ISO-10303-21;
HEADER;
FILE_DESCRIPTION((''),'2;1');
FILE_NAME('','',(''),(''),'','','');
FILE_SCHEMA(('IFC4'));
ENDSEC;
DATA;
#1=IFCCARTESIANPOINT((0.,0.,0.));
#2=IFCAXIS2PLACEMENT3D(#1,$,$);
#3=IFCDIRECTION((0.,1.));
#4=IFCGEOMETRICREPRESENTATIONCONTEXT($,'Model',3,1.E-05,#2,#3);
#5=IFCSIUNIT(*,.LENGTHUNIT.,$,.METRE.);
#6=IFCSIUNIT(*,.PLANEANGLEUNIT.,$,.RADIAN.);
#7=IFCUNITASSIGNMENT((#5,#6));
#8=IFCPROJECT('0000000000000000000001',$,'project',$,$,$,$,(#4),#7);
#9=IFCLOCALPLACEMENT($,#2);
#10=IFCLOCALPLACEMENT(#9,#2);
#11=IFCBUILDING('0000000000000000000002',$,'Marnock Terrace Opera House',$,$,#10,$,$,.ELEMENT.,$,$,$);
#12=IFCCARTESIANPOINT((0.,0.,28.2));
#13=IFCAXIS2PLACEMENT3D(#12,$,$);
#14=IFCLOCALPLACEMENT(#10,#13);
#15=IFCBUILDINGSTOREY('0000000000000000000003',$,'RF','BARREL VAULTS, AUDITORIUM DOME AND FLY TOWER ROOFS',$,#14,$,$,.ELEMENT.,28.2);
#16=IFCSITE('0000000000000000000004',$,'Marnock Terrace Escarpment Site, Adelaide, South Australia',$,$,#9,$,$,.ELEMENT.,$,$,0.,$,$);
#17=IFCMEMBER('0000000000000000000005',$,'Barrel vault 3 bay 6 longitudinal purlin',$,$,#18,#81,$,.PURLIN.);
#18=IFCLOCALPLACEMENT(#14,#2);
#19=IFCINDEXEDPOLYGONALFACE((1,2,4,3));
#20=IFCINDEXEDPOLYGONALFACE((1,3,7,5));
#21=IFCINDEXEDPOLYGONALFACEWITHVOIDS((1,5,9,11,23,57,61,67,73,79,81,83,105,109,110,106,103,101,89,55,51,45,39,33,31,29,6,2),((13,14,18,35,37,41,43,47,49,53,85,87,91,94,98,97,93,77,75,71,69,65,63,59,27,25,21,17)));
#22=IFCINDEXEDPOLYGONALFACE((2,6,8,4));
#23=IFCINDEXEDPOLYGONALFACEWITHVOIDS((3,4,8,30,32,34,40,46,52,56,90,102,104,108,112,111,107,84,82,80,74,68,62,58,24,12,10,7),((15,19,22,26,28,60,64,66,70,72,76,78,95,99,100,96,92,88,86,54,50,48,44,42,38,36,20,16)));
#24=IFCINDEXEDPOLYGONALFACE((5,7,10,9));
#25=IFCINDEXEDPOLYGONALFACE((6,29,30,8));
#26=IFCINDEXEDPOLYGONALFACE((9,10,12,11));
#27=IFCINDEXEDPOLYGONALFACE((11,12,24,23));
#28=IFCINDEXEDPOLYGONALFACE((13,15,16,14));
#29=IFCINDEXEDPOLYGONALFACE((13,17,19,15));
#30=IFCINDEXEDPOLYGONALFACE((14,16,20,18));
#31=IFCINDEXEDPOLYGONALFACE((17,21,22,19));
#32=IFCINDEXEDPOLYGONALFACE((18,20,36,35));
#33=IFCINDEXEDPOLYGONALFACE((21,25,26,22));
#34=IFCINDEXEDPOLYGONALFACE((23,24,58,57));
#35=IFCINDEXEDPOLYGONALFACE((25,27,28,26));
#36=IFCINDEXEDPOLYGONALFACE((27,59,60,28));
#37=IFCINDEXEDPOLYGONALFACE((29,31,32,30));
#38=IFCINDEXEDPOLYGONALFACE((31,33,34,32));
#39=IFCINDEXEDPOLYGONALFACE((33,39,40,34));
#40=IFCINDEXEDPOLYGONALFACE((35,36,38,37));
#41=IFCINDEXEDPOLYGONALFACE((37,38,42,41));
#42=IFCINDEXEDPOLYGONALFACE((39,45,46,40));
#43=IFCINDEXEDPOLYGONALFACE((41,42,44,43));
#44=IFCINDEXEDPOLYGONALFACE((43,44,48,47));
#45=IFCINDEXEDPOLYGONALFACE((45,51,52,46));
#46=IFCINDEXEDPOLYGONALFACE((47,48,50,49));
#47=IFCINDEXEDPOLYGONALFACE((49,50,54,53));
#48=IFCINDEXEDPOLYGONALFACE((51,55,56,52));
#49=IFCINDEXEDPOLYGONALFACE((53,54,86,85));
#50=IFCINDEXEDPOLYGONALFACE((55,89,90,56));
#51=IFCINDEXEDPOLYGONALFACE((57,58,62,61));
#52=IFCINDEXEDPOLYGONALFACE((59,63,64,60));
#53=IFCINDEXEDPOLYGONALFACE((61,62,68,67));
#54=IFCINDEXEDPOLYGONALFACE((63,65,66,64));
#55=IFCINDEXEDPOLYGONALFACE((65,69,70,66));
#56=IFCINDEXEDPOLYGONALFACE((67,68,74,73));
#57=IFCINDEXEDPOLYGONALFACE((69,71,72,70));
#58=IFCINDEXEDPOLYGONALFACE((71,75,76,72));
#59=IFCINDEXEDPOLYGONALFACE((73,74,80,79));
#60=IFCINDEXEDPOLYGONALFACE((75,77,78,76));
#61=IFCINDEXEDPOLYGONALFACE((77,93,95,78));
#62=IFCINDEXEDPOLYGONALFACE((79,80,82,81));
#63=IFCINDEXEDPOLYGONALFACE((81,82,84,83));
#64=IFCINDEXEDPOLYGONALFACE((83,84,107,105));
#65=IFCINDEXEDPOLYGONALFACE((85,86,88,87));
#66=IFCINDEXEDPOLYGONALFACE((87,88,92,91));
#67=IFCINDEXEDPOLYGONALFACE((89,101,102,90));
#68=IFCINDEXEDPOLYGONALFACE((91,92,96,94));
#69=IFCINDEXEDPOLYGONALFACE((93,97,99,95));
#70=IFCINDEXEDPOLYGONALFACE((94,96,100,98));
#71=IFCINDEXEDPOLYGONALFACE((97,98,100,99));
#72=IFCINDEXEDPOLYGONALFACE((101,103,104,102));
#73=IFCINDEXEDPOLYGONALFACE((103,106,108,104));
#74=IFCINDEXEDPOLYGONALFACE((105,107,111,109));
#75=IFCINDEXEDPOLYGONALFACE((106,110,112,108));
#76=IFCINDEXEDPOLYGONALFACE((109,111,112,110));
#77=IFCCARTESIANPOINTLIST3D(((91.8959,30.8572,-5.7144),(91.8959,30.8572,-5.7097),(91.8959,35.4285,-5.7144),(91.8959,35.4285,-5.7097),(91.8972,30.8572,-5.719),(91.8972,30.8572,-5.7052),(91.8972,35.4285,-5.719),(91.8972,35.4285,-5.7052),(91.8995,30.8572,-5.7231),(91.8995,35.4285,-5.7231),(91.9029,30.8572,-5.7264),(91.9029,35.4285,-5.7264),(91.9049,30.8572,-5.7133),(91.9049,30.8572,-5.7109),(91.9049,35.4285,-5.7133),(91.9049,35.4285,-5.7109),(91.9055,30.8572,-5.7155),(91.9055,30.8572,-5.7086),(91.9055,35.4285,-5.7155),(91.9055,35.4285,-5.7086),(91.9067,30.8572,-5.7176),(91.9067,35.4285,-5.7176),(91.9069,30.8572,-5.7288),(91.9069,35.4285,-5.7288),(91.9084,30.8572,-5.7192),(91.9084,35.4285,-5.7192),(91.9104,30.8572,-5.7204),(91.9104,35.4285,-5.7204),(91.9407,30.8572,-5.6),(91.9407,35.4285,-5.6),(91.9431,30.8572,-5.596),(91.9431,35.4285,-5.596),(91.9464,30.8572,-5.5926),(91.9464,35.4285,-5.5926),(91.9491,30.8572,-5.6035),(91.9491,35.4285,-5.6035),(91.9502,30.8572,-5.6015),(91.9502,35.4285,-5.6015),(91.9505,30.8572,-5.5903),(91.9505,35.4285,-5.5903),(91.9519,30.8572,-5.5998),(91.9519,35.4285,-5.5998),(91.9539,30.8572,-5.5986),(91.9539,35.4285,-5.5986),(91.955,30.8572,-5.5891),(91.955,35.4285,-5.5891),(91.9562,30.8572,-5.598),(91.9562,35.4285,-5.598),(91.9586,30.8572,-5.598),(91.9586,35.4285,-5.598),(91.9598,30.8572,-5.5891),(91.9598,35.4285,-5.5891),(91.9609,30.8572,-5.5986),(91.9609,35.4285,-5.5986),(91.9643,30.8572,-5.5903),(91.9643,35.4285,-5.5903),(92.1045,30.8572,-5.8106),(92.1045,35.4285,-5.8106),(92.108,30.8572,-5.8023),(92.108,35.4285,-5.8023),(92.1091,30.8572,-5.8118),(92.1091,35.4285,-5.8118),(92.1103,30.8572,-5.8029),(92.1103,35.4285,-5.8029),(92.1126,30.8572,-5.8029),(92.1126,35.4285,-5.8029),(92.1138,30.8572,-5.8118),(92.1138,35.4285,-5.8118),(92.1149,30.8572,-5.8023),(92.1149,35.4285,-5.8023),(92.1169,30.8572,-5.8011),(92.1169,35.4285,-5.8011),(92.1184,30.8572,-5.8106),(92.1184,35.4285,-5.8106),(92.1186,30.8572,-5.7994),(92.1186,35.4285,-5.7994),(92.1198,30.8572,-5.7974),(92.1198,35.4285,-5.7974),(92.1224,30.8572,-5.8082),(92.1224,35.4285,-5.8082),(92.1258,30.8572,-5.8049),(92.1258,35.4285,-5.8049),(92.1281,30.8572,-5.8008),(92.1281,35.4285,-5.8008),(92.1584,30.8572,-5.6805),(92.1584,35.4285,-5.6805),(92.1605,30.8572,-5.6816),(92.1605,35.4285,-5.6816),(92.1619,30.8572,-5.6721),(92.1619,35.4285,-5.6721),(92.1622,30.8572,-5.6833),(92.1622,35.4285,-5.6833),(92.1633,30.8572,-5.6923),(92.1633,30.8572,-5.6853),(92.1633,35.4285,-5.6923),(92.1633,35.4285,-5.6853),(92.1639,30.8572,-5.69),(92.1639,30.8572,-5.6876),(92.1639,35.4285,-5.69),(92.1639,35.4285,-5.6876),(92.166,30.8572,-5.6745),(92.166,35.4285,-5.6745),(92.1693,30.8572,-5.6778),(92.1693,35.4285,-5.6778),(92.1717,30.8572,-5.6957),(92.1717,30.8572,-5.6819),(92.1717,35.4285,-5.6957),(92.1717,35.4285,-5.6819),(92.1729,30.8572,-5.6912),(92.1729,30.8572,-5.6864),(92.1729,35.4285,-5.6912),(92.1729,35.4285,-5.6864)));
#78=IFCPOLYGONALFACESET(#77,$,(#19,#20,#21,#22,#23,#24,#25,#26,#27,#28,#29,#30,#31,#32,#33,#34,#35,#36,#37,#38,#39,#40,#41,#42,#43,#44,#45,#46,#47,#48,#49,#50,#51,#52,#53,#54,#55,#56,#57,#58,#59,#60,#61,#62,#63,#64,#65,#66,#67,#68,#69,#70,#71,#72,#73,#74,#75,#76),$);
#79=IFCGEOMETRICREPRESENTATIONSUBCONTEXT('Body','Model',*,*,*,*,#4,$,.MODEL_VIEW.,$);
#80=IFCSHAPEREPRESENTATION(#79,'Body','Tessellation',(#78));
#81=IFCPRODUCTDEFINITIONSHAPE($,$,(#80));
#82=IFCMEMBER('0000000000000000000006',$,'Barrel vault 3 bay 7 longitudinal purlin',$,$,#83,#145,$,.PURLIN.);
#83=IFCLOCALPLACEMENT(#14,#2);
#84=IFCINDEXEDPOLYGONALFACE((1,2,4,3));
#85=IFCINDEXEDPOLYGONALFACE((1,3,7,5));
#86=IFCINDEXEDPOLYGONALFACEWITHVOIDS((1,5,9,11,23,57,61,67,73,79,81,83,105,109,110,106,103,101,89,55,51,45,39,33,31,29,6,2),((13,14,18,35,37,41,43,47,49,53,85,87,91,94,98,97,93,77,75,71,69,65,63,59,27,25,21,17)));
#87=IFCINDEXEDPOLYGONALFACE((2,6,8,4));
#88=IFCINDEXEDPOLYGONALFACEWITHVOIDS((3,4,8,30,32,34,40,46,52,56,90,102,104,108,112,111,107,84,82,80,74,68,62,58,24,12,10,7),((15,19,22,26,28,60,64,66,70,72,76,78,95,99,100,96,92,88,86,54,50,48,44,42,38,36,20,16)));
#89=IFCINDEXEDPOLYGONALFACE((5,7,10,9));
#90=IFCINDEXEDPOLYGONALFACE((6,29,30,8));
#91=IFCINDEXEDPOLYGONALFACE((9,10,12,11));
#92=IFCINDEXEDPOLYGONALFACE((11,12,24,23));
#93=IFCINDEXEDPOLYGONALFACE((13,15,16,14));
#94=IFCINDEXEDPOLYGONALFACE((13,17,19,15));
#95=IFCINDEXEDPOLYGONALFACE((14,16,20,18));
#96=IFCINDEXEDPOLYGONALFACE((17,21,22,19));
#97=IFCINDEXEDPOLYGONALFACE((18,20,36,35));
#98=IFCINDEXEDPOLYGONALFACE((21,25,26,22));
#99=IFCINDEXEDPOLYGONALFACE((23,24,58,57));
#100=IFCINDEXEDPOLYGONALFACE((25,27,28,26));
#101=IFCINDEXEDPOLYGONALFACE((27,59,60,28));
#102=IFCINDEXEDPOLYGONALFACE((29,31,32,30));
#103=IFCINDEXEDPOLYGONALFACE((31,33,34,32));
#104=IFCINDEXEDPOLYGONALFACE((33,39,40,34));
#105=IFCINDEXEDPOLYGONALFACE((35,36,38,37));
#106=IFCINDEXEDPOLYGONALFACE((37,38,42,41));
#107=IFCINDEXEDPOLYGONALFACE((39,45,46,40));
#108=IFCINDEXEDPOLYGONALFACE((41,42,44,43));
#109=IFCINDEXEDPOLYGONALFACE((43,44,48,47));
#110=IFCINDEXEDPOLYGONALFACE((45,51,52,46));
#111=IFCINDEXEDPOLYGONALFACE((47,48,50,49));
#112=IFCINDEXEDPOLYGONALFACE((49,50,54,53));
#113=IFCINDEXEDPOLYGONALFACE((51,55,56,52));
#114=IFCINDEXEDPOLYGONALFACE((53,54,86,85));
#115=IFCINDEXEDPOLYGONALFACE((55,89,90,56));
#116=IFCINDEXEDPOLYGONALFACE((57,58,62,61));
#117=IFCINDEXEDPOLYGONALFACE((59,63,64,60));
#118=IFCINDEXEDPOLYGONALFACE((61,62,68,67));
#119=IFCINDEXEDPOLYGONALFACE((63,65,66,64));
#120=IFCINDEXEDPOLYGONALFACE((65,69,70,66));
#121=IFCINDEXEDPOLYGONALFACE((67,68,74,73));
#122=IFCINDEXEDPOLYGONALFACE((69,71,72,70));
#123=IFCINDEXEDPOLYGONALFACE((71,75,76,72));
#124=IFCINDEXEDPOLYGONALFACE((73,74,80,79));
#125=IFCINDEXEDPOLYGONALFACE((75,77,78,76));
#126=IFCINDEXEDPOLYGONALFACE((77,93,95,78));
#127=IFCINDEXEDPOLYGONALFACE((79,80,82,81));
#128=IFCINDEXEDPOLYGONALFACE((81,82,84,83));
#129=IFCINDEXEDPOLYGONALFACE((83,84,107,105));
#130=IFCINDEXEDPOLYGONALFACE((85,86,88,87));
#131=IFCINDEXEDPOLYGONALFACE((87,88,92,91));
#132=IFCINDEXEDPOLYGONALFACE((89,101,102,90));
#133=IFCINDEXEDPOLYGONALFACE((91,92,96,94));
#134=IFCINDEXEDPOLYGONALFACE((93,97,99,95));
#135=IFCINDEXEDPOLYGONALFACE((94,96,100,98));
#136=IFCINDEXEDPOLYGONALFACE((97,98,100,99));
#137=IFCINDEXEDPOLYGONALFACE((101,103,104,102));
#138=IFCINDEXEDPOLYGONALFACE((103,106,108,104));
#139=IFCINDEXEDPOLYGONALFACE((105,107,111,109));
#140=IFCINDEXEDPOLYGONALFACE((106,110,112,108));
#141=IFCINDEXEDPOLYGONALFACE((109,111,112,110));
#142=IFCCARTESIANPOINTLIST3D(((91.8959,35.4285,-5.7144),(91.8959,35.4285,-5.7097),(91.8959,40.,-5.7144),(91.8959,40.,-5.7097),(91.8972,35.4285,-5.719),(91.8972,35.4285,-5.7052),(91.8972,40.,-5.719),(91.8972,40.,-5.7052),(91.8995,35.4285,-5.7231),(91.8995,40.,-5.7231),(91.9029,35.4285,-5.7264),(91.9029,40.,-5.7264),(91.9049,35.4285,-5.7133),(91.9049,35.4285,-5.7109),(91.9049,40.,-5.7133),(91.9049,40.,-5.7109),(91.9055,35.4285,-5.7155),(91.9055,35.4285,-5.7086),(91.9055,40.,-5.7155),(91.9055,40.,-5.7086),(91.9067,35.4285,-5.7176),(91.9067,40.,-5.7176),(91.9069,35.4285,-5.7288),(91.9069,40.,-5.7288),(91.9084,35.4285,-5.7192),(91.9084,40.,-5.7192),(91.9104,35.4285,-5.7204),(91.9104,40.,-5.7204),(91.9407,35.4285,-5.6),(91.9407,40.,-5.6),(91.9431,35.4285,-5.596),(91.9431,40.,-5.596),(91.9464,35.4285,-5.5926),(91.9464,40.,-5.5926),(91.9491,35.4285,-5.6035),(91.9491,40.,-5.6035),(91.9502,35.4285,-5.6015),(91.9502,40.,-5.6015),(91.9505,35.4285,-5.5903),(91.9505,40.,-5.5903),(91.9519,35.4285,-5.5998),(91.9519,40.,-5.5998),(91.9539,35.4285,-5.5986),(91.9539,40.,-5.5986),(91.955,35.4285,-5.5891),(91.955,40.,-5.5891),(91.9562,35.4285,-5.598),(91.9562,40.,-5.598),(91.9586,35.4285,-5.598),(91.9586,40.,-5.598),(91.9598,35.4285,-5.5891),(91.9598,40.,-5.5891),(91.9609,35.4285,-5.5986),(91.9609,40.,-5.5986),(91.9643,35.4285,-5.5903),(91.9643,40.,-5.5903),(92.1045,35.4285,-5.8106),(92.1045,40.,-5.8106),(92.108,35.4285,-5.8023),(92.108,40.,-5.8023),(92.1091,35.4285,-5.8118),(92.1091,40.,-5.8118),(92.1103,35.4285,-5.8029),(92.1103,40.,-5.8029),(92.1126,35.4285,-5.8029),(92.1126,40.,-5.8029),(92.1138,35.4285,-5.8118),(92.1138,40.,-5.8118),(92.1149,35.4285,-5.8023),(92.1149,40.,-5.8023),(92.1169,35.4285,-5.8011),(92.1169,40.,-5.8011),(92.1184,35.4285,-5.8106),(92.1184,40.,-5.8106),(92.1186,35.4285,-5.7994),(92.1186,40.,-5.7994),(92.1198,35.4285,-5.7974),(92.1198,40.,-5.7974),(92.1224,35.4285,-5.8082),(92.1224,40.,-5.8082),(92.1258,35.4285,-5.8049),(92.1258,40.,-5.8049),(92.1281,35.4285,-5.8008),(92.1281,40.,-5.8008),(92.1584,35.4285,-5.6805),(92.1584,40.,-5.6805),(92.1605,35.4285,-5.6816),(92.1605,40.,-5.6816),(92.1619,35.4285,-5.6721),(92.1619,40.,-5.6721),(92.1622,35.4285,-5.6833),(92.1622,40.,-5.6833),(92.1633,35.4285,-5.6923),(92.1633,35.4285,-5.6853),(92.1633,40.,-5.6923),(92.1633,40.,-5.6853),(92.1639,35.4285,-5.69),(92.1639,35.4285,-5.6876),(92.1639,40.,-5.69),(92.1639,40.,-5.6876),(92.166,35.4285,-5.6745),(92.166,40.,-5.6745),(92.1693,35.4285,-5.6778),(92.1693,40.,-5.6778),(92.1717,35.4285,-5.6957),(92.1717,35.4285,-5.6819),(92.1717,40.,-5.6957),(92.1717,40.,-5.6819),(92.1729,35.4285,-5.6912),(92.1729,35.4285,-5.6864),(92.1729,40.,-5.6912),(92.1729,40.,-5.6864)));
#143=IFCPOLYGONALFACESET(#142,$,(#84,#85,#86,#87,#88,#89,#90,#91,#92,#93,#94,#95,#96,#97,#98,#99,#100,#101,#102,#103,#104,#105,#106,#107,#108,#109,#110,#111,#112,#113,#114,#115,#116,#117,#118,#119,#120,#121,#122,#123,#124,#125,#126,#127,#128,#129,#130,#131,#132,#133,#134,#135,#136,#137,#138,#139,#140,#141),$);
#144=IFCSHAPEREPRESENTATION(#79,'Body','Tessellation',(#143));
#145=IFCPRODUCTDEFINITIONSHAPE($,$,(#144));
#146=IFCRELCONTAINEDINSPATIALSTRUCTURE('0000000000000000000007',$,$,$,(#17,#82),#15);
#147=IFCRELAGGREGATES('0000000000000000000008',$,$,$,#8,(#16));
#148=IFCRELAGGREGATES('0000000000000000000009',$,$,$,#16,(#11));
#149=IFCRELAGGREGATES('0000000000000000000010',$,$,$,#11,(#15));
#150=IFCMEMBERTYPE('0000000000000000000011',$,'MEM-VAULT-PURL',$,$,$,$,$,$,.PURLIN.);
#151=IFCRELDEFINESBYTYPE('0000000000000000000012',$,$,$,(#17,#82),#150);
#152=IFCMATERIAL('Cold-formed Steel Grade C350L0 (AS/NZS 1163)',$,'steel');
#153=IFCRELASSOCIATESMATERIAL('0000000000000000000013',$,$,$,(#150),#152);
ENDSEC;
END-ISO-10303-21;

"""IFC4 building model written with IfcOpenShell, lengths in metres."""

from ifc_helpers import new_model, si_unit, direction, frame, origin, origin_2d, place, context, subcontext, project, spatial, hollow_rectangle, extrude, material, material_profile, profile_set, type_object, element, save


model = new_model("IFC4")

# Units and contexts
model_context = context("Model", 3, precision=1e-05, world=origin(), true_north=direction((0.0, 1.0)))
body_context = subcontext(model_context, "Body", "Model", "MODEL_VIEW")
ifc_project = project(units=[si_unit("LENGTHUNIT", "METRE"), si_unit("PLANEANGLEUNIT", "RADIAN")], contexts=[model_context])

# Site, building, storey
site_placement = place(None, origin())
site = spatial("IfcSite", under=ifc_project, at=site_placement, Name="Marnock Terrace Escarpment Site, Adelaide, South Australia", CompositionType="ELEMENT", RefElevation=0.0)
building_placement = place(site_placement, origin())
building = spatial("IfcBuilding", under=site, at=building_placement, Name="Marnock Terrace Opera House", CompositionType="ELEMENT")
storey_placement = place(building_placement, frame((0.0, 0.0, 28.2)))
storey = spatial("IfcBuildingStorey", under=building, at=storey_placement, Name="RF", Description="BARREL VAULTS, AUDITORIUM DOME AND FLY TOWER ROOFS", CompositionType="ELEMENT", Elevation=28.2)

# Members
ifc_material = material(Name="Cold-formed Steel Grade C350L0 (AS/NZS 1163)", Category="steel")
ifc_material_profile_1 = material_profile(ifc_material, hollow_rectangle(XDim=0.1499, YDim=0.25, WallThickness=0.009, InnerFilletRadius=0.009, OuterFilletRadius=0.0181, at=origin_2d()))
ifc_profile_set_1 = profile_set([ifc_material_profile_1], Name="Cold-formed Steel Grade C350L0 (AS/NZS 1163)")
member_type_1 = type_object("IfcMemberType", Name="MEM-VAULT-PURL", PredefinedType="PURLIN", material=ifc_profile_set_1)
member_1_placement = place(storey_placement, frame((92.0344, 30.8572, -5.7004), z_axis=(0.0, 1.0, 0.0), x_axis=(-0.382683, 0.0, -0.92388)))
element("IfcMember", 1, at=member_1_placement, inside=storey, type_object=member_type_1, Name="Barrel vault 3 bay 6 longitudinal purlin", PredefinedType="PURLIN", context=body_context, shape_type="SweptSolid", body=[
    extrude(hollow_rectangle(XDim=0.1499, YDim=0.25, WallThickness=0.009, InnerFilletRadius=0.009, OuterFilletRadius=0.0181, at=origin_2d()), origin(), (0.0, 0.0, 1.0), 4.5713),
])
member_2_placement = place(storey_placement, frame((92.0344, 35.4285, -5.7004), z_axis=(0.0, 1.0, 0.0), x_axis=(-0.382683, 0.0, -0.92388)))
element("IfcMember", 2, at=member_2_placement, inside=storey, type_object=member_type_1, Name="Barrel vault 3 bay 7 longitudinal purlin", PredefinedType="PURLIN", context=body_context, shape_type="SweptSolid", body=[
    extrude(hollow_rectangle(XDim=0.1499, YDim=0.25, WallThickness=0.009, InnerFilletRadius=0.009, OuterFilletRadius=0.0181, at=origin_2d()), origin(), (0.0, 0.0, 1.0), 4.5715),
])

save(model, "model.ifc")
